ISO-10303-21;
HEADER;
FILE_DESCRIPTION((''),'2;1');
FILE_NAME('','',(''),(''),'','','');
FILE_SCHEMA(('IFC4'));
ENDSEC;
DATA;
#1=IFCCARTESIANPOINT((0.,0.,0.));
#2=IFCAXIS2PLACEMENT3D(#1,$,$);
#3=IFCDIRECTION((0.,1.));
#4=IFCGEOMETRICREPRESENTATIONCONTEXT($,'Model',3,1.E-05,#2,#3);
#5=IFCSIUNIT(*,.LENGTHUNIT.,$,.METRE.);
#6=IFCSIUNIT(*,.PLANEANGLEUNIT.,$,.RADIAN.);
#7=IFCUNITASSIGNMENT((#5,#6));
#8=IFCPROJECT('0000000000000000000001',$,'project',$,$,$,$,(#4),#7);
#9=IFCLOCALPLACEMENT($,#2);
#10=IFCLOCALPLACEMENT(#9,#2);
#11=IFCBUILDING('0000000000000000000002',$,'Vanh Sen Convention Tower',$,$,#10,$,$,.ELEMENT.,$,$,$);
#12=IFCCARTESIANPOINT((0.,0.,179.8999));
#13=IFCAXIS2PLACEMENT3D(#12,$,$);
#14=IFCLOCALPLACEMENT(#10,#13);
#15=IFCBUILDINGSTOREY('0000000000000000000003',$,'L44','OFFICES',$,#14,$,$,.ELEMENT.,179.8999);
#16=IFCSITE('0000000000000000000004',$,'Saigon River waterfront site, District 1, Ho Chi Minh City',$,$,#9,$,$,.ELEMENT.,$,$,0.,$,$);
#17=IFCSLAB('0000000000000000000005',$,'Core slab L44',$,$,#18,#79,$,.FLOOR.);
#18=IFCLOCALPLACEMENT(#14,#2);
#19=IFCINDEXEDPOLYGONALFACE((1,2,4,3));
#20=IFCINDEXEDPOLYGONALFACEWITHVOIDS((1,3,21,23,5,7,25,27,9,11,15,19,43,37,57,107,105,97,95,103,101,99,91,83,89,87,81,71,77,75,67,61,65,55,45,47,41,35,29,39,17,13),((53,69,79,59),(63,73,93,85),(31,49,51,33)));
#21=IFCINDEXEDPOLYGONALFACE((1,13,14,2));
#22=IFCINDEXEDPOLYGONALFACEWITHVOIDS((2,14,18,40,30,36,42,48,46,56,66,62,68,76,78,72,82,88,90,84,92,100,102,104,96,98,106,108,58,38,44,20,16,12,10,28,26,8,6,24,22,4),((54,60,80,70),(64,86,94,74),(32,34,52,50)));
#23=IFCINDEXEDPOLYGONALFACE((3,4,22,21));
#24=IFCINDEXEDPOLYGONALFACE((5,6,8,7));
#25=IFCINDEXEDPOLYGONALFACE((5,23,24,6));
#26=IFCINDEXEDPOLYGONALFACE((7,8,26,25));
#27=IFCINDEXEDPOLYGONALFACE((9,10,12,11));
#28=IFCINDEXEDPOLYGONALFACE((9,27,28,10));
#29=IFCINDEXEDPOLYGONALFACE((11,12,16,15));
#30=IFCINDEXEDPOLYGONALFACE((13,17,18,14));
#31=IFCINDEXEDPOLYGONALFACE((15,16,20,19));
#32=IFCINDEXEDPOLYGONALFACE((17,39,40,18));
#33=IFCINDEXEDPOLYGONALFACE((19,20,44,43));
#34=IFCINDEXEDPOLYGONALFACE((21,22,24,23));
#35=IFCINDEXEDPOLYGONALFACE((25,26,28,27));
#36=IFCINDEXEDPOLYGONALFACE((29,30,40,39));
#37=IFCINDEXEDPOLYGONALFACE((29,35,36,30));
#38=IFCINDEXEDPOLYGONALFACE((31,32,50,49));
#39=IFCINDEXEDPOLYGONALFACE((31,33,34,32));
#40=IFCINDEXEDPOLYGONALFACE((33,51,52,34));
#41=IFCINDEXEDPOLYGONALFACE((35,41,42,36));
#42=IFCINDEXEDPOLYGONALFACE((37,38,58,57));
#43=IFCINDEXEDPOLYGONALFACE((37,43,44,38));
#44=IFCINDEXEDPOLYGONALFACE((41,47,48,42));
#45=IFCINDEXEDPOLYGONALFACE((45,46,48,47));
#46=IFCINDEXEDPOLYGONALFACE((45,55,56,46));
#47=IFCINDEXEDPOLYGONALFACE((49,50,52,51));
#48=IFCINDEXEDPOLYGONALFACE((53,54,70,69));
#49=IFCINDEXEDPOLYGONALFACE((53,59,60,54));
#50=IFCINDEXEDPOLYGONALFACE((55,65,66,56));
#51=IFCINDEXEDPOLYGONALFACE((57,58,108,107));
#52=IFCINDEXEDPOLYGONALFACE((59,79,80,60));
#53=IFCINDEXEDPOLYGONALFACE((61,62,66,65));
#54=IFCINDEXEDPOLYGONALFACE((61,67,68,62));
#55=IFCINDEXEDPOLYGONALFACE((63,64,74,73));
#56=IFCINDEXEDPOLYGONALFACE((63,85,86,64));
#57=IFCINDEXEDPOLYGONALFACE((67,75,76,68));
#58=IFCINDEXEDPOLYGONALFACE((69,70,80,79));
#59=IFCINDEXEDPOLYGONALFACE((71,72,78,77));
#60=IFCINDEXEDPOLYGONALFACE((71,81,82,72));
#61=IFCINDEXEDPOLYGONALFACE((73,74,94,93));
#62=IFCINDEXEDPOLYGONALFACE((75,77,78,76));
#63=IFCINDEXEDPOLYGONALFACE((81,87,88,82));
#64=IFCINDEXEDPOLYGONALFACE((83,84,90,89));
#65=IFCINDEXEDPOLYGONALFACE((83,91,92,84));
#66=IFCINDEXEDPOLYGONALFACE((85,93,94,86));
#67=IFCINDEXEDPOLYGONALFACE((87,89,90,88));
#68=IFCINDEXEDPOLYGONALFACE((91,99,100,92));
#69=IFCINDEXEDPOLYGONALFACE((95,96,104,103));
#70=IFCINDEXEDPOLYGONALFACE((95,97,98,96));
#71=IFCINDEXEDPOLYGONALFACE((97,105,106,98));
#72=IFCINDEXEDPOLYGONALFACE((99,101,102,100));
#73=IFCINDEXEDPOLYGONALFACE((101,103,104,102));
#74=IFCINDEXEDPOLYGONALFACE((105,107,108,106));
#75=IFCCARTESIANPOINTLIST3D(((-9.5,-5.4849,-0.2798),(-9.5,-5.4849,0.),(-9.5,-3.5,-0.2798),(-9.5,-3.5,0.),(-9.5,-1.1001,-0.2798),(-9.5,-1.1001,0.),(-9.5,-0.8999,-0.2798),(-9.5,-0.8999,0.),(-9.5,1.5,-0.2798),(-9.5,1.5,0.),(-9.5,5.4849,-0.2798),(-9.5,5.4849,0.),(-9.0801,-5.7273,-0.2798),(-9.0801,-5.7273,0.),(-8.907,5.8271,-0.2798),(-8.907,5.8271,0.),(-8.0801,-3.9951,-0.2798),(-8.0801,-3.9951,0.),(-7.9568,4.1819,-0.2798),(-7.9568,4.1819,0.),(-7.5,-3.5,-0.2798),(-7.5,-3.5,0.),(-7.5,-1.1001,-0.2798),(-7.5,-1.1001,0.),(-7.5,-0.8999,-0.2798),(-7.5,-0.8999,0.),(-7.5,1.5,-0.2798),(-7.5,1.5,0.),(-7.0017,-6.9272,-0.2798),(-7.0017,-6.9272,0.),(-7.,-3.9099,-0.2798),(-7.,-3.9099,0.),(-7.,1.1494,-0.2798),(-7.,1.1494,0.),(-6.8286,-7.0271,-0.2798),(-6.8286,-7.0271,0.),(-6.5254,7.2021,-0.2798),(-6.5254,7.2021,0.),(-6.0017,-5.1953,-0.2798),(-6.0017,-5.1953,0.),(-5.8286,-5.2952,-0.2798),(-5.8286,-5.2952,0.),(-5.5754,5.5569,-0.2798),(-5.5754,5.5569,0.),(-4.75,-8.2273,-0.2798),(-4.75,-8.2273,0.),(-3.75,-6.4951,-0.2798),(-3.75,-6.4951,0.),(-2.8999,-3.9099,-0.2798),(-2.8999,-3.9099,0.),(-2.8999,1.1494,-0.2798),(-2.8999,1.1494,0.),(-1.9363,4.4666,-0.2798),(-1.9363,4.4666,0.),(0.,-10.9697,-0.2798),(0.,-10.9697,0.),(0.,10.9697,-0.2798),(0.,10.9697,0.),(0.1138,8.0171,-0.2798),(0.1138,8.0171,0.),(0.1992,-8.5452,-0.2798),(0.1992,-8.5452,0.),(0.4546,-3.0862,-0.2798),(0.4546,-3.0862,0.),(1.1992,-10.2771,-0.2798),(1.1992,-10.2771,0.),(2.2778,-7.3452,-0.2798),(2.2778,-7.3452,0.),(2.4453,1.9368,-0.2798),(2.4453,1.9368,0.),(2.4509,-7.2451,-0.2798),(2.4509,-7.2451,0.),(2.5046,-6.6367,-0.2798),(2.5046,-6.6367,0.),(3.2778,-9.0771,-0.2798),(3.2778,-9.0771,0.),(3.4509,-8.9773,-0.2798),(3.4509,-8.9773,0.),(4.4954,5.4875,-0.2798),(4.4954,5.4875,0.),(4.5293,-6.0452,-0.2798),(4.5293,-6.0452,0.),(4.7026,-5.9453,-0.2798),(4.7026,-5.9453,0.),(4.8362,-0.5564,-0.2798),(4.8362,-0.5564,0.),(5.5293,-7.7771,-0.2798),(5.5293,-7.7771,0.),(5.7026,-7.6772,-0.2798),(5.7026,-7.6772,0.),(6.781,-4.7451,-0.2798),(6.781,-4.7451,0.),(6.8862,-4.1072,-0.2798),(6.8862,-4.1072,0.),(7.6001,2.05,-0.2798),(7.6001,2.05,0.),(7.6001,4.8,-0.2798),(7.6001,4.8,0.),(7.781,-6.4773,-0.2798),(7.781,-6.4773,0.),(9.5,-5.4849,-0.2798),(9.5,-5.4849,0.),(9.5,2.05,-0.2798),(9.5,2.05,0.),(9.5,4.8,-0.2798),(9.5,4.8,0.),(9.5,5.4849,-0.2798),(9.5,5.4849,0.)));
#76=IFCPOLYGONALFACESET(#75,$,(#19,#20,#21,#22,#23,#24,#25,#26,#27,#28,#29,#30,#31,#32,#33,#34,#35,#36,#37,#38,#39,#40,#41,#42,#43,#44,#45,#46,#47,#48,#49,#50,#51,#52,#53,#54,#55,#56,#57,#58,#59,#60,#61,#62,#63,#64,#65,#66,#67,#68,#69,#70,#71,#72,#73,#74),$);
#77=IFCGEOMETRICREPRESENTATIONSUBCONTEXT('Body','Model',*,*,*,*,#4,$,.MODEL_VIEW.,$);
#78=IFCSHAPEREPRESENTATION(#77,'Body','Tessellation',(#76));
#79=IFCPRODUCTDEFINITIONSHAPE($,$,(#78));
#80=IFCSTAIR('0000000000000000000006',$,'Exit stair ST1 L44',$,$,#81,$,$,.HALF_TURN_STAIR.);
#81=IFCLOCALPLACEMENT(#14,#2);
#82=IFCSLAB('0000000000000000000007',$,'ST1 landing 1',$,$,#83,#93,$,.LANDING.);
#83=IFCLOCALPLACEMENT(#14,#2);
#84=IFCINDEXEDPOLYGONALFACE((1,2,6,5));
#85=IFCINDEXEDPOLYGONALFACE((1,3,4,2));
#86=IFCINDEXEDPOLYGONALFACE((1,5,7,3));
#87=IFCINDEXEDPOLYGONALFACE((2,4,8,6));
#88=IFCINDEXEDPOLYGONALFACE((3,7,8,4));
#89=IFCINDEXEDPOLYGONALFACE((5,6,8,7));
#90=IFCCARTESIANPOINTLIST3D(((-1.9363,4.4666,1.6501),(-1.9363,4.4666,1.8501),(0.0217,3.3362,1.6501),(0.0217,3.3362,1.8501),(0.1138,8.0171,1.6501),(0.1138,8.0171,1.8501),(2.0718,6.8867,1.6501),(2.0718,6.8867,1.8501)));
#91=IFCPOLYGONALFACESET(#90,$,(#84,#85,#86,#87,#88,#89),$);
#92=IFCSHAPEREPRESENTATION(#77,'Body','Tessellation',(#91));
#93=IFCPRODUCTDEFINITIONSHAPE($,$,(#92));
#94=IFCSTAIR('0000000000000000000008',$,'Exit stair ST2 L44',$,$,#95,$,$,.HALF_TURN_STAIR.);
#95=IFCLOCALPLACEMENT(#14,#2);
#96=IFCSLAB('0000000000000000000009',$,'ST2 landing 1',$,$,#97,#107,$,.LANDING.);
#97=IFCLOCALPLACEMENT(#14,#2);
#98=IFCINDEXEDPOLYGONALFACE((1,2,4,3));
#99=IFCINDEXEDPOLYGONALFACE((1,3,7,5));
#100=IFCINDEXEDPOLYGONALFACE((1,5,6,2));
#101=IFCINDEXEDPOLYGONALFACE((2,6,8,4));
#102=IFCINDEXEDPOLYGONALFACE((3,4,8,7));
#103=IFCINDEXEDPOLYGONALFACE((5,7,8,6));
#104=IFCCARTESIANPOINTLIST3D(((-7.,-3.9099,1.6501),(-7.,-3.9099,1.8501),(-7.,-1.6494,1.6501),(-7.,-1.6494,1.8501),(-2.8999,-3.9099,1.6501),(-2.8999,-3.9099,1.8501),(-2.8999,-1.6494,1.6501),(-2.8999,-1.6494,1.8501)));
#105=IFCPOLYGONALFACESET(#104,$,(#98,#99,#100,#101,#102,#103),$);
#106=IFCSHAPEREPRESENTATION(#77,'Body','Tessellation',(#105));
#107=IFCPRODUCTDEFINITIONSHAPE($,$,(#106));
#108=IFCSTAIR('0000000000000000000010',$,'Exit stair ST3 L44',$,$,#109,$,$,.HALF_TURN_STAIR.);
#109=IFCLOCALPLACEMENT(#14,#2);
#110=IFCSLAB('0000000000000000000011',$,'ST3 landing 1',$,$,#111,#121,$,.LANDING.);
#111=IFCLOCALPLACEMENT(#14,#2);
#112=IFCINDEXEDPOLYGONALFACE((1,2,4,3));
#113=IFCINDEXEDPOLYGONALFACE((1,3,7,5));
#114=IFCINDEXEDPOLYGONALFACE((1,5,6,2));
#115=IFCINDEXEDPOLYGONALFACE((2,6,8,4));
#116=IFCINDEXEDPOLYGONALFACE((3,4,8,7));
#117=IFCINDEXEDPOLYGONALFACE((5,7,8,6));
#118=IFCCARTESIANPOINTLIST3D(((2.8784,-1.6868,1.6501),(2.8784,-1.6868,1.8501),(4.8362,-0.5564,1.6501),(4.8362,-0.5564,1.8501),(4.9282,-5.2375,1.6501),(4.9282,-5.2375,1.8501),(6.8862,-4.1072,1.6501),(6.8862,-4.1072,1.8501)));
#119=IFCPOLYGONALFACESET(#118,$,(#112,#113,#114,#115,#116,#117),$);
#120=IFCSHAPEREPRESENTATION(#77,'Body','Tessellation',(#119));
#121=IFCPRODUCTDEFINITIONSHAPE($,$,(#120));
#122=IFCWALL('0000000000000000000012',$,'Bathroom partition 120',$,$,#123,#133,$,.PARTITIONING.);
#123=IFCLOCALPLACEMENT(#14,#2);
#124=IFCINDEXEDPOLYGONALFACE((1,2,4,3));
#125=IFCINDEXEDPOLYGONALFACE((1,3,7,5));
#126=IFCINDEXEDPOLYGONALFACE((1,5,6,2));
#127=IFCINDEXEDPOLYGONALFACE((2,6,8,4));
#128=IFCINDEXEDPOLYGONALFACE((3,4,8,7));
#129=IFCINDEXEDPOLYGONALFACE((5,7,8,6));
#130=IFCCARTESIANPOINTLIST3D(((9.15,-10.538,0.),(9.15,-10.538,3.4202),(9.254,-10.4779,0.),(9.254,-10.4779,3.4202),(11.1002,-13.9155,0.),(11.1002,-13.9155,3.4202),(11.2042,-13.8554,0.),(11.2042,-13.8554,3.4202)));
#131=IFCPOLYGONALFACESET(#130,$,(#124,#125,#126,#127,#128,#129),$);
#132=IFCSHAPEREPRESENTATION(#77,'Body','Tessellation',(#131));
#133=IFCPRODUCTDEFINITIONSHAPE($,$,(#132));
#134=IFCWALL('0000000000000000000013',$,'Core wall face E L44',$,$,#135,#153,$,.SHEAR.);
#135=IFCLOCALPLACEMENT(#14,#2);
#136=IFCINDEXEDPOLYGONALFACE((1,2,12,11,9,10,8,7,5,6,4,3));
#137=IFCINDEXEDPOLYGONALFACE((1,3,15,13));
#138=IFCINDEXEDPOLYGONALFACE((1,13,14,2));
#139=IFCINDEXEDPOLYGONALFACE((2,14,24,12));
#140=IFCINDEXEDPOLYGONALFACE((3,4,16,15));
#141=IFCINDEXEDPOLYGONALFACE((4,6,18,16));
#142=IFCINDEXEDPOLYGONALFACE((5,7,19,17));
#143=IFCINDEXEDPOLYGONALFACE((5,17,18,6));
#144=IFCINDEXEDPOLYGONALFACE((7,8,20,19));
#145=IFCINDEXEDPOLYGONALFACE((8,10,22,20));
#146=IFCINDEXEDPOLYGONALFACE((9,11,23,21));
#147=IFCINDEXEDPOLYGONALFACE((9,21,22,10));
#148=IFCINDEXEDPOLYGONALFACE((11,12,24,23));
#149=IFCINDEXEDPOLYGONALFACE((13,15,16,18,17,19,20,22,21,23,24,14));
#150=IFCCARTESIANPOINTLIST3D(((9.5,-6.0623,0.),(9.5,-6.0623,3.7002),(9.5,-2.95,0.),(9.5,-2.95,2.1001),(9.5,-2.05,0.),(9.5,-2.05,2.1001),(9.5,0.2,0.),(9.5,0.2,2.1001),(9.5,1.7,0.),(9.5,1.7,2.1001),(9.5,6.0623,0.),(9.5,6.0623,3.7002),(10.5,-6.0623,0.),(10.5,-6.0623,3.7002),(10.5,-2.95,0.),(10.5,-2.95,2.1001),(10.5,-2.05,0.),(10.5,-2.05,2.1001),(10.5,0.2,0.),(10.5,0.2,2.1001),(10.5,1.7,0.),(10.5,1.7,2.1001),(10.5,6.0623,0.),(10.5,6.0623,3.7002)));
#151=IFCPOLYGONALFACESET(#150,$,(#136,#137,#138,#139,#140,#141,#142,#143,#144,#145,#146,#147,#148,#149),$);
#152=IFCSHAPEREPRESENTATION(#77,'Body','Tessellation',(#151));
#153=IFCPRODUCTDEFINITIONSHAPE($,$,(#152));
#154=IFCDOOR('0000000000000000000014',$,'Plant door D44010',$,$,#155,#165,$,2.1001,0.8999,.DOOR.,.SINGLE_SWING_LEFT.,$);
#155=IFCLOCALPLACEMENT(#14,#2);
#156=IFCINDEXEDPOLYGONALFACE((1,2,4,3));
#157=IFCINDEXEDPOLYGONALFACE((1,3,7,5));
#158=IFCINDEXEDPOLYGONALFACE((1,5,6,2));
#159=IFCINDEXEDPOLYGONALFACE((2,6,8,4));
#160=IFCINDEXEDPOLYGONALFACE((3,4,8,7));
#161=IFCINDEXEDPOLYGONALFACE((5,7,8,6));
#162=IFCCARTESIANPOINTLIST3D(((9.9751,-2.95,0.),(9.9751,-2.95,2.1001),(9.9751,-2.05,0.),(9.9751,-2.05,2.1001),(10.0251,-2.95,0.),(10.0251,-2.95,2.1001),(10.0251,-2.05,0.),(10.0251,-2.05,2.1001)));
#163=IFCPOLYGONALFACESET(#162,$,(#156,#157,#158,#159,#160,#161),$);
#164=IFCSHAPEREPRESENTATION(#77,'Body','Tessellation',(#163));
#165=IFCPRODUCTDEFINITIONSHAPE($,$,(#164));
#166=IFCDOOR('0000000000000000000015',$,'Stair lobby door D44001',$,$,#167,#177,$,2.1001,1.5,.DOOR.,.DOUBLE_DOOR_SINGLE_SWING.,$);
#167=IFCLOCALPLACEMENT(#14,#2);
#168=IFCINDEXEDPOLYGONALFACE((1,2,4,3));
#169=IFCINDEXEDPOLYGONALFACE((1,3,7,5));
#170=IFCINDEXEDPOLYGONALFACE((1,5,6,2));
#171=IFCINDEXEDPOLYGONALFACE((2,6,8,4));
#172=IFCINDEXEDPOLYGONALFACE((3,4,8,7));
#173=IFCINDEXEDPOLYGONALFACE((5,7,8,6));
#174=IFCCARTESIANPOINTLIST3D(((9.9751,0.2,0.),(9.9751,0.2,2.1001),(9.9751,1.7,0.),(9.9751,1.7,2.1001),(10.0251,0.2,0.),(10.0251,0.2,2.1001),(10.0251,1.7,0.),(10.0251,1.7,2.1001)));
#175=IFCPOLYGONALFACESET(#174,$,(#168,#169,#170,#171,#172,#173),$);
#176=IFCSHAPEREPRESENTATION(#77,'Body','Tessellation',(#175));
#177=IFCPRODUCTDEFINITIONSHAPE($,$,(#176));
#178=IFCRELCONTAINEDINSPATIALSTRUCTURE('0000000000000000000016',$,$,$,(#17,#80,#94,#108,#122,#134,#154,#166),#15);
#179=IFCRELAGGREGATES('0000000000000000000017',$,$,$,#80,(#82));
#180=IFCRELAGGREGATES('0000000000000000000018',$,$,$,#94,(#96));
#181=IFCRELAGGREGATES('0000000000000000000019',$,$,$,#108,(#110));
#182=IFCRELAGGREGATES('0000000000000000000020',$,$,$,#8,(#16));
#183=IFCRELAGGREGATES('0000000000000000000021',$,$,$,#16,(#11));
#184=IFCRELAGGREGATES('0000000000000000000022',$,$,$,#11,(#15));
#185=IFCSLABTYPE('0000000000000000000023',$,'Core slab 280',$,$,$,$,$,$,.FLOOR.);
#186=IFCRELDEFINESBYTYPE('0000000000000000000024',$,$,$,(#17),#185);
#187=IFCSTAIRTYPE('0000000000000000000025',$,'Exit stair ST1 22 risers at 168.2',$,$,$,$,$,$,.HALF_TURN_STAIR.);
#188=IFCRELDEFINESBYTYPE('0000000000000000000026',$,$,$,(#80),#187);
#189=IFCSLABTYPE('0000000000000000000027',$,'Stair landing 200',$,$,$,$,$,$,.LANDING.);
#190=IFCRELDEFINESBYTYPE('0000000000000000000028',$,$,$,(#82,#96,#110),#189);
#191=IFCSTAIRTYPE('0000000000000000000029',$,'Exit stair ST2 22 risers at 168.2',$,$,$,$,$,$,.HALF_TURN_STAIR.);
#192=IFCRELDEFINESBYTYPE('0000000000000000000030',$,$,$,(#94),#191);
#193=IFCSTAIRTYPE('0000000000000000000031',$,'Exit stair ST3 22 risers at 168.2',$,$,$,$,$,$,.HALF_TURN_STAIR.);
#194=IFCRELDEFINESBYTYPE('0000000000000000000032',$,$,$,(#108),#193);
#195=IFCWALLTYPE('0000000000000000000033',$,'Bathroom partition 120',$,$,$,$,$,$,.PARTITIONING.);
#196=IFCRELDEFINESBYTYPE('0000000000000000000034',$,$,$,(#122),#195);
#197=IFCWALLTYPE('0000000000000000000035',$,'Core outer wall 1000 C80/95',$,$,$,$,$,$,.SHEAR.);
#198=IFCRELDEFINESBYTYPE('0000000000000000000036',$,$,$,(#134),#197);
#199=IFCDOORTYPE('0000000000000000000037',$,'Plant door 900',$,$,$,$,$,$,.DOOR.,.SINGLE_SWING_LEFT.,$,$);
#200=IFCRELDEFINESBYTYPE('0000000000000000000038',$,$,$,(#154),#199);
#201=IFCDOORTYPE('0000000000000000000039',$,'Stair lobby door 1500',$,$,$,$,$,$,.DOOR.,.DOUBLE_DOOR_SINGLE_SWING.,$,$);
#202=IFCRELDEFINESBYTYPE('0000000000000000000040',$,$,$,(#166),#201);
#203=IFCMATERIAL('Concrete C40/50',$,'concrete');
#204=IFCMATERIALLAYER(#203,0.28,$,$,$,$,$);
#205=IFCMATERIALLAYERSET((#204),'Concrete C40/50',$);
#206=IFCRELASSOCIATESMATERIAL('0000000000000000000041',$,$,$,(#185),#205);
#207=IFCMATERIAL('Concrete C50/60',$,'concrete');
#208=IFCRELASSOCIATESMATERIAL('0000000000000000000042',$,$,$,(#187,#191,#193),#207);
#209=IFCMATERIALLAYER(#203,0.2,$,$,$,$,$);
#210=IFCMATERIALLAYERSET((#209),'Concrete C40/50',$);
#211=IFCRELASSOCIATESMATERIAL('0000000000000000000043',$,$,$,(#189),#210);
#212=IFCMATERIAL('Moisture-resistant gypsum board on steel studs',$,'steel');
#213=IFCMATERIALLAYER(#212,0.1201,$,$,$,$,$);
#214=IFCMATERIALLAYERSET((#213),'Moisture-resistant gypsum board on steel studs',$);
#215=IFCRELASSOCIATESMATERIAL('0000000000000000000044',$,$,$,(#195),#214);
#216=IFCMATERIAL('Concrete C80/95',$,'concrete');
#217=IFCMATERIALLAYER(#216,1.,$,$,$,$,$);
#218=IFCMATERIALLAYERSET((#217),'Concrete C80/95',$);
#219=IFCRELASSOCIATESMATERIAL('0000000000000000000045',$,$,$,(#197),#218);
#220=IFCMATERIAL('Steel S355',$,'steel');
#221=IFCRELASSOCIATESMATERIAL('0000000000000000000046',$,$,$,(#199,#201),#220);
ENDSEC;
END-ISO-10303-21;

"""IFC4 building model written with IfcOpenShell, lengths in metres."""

from ifc_helpers import new_model, si_unit, direction, frame, frame_2d, origin, place, context, subcontext, project, spatial, polyline, rectangle, outline, extrude, material, layer, layer_set, type_object, element, fill, aggregate, save


model = new_model("IFC4")

# Units and contexts
model_context = context("Model", 3, precision=1e-05, world=origin(), true_north=direction((0.0, 1.0)))
body_context = subcontext(model_context, "Body", "Model", "MODEL_VIEW")
ifc_project = project(units=[si_unit("LENGTHUNIT", "METRE"), si_unit("PLANEANGLEUNIT", "RADIAN")], contexts=[model_context])

# Site, building, storey
site_placement = place(None, origin())
site = spatial("IfcSite", under=ifc_project, at=site_placement, Name="Saigon River waterfront site, District 1, Ho Chi Minh City", CompositionType="ELEMENT", RefElevation=0.0)
building_placement = place(site_placement, origin())
building = spatial("IfcBuilding", under=site, at=building_placement, Name="Vanh Sen Convention Tower", CompositionType="ELEMENT")
storey_placement = place(building_placement, frame((0.0, 0.0, 179.8999)))
storey = spatial("IfcBuildingStorey", under=building, at=storey_placement, Name="L44", Description="OFFICES", CompositionType="ELEMENT", Elevation=179.8999)

# Slab
ifc_material_1 = material(Name="Concrete C40/50", Category="concrete")
ifc_layer_1 = layer(ifc_material_1, 0.28)
ifc_layer_set_1 = layer_set([ifc_layer_1], Name="Concrete C40/50")
slab_type_1 = type_object("IfcSlabType", Name="Core slab 280", PredefinedType="FLOOR", material=ifc_layer_set_1)
slab_1_placement = place(storey_placement, frame((0.0, 0.0, -0.2798)))
element("IfcSlab", 1, at=slab_1_placement, inside=storey, type_object=slab_type_1, Name="Core slab L44", PredefinedType="FLOOR", context=body_context, shape_type="SweptSolid", body=[
    extrude(outline(polyline([(0.0, 10.9697), (9.5, 5.4849), (9.5, 4.8), (7.6001, 4.8), (7.6001, 2.05), (9.5, 2.05), (9.5, -5.4849), (7.781, -6.4773), (6.781, -4.7451), (4.7026, -5.9453), (5.7026, -7.6772), (5.5293, -7.7771), (4.5293, -6.0452), (2.4509, -7.2451), (3.4509, -8.9773), (3.2778, -9.0771), (2.2778, -7.3452), (0.1992, -8.5452), (1.1992, -10.2771), (0.0, -10.9697), (-4.75, -8.2273), (-3.75, -6.4951), (-5.8286, -5.2952), (-6.8286, -7.0271), (-7.0017, -6.9272), (-6.0017, -5.1953), (-8.0801, -3.9951), (-9.0801, -5.7273), (-9.5, -5.4849), (-9.5, -3.5), (-7.5, -3.5), (-7.5, -1.1001), (-9.5, -1.1001), (-9.5, -0.8999), (-7.5, -0.8999), (-7.5, 1.5), (-9.5, 1.5), (-9.5, 5.4849), (-8.907, 5.8271), (-7.9568, 4.1819), (-5.5754, 5.5569), (-6.5254, 7.2021), (0.0, 10.9697)]), holes=[polyline([(-7.0, 1.1494), (-7.0, -3.9099), (-2.8999, -3.9099), (-2.8999, 1.1494), (-7.0, 1.1494)]), polyline([(2.5046, -6.6367), (6.8862, -4.1072), (4.8362, -0.5564), (0.4546, -3.0862), (2.5046, -6.6367)]), polyline([(0.1138, 8.0171), (-1.9363, 4.4666), (2.4453, 1.9368), (4.4954, 5.4875), (0.1138, 8.0171)])]), origin(), (0.0, 0.0, 1.0), 0.2798),
])

# Stairs, slabs
ifc_material_2 = material(Name="Concrete C50/60", Category="concrete")
stair_type_1 = type_object("IfcStairType", Name="Exit stair ST1 22 risers at 168.2", PredefinedType="HALF_TURN_STAIR", material=ifc_material_2)
stair_1_placement = place(storey_placement, origin())
stair_1 = element("IfcStair", 2, at=stair_1_placement, inside=storey, type_object=stair_type_1, Name="Exit stair ST1 L44", PredefinedType="HALF_TURN_STAIR")
ifc_layer_2 = layer(ifc_material_1, 0.2)
ifc_layer_set_2 = layer_set([ifc_layer_2], Name="Concrete C40/50")
slab_type_2 = type_object("IfcSlabType", Name="Stair landing 200", PredefinedType="LANDING", material=ifc_layer_set_2)
slab_2_placement = place(storey_placement, frame((0.0, 0.0, 1.6501)))
slab_2 = element("IfcSlab", 3, at=slab_2_placement, type_object=slab_type_2, Name="ST1 landing 1", PredefinedType="LANDING", context=body_context, shape_type="SweptSolid", body=[
    extrude(outline(polyline([(2.0718, 6.8867), (0.1138, 8.0171), (-1.9363, 4.4666), (0.0217, 3.3362), (2.0718, 6.8867)])), origin(), (0.0, 0.0, 1.0), 0.2),
])
aggregate(stair_1, [slab_2])
stair_type_2 = type_object("IfcStairType", Name="Exit stair ST2 22 risers at 168.2", PredefinedType="HALF_TURN_STAIR", material=ifc_material_2)
stair_2_placement = place(storey_placement, origin())
stair_2 = element("IfcStair", 4, at=stair_2_placement, inside=storey, type_object=stair_type_2, Name="Exit stair ST2 L44", PredefinedType="HALF_TURN_STAIR")
slab_3_placement = place(storey_placement, frame((0.0, 0.0, 1.6501)))
slab_3 = element("IfcSlab", 5, at=slab_3_placement, type_object=slab_type_2, Name="ST2 landing 1", PredefinedType="LANDING", context=body_context, shape_type="SweptSolid", body=[
    extrude(outline(polyline([(-7.0, -1.6494), (-7.0, -3.9099), (-2.8999, -3.9099), (-2.8999, -1.6494), (-7.0, -1.6494)])), origin(), (0.0, 0.0, 1.0), 0.2),
])
aggregate(stair_2, [slab_3])
stair_type_3 = type_object("IfcStairType", Name="Exit stair ST3 22 risers at 168.2", PredefinedType="HALF_TURN_STAIR", material=ifc_material_2)
stair_3_placement = place(storey_placement, origin())
stair_3 = element("IfcStair", 6, at=stair_3_placement, inside=storey, type_object=stair_type_3, Name="Exit stair ST3 L44", PredefinedType="HALF_TURN_STAIR")
slab_4_placement = place(storey_placement, frame((0.0, 0.0, 1.6501)))
slab_4 = element("IfcSlab", 7, at=slab_4_placement, type_object=slab_type_2, Name="ST3 landing 1", PredefinedType="LANDING", context=body_context, shape_type="SweptSolid", body=[
    extrude(outline(polyline([(4.9282, -5.2375), (6.8862, -4.1072), (4.8362, -0.5564), (2.8784, -1.6868), (4.9282, -5.2375)])), origin(), (0.0, 0.0, 1.0), 0.2),
])
aggregate(stair_3, [slab_4])

# Wall
ifc_material_3 = material(Name="Moisture-resistant gypsum board on steel studs", Category="steel")
ifc_layer_3 = layer(ifc_material_3, 0.1201)
ifc_layer_set_3 = layer_set([ifc_layer_3], Name="Moisture-resistant gypsum board on steel studs")
wall_type_1 = type_object("IfcWallType", Name="Bathroom partition 120", PredefinedType="PARTITIONING", material=ifc_layer_set_3)
wall_1_placement = place(storey_placement, frame((9.2019, -10.5078, 0.0), z_axis=(0.0, 0.0, 1.0), x_axis=(0.500044, -0.866, 0.0)))
element("IfcWall", 8, at=wall_1_placement, inside=storey, type_object=wall_type_1, Name="Bathroom partition 120", PredefinedType="PARTITIONING", context=body_context, shape_type="SweptSolid", body=[
    extrude(rectangle(XDim=3.9001, YDim=0.1201, at=frame_2d((1.9502, 0.0))), origin(), (0.0, 0.0, 1.0), 3.4202),
])

# Wall, openings, doors
ifc_material_4 = material(Name="Concrete C80/95", Category="concrete")
ifc_layer_4 = layer(ifc_material_4, 1.0)
ifc_layer_set_4 = layer_set([ifc_layer_4], Name="Concrete C80/95")
wall_type_2 = type_object("IfcWallType", Name="Core outer wall 1000 C80/95", PredefinedType="SHEAR", material=ifc_layer_set_4)
wall_2_placement = place(storey_placement, frame((10.0, -6.0623, 0.0), z_axis=(0.0, 0.0, 1.0), x_axis=(0.0, 1.0, 0.0)))
wall_2 = element("IfcWall", 9, at=wall_2_placement, inside=storey, type_object=wall_type_2, Name="Core wall face E L44", PredefinedType="SHEAR", context=body_context, shape_type="SweptSolid", body=[
    extrude(rectangle(XDim=12.1245, YDim=1.0, at=frame_2d((6.0623, 0.0))), origin(), (0.0, 0.0, 1.0), 3.7002),
])
opening_1_placement = place(wall_2_placement, frame((6.2622, 0.0, 0.0)))
opening_1 = element("IfcOpeningElement", 10, at=opening_1_placement, cuts=wall_2, PredefinedType="OPENING", context=body_context, shape_type="SweptSolid", body=[
    extrude(rectangle(XDim=1.5, YDim=2.1001, at=frame_2d((0.75, 1.05))), frame((0.0, 0.51, 0.0), z_axis=(0.0, -1.0, 0.0), x_axis=(1.0, 0.0, 0.0)), (0.0, 0.0, 1.0), 1.02),
])
opening_2_placement = place(wall_2_placement, frame((3.1123, 0.0, 0.0)))
opening_2 = element("IfcOpeningElement", 11, at=opening_2_placement, cuts=wall_2, PredefinedType="OPENING", context=body_context, shape_type="SweptSolid", body=[
    extrude(rectangle(XDim=0.8999, YDim=2.1001, at=frame_2d((0.45, 1.05))), frame((0.0, 0.51, 0.0), z_axis=(0.0, -1.0, 0.0), x_axis=(1.0, 0.0, 0.0)), (0.0, 0.0, 1.0), 1.02),
])
ifc_material_5 = material(Name="Steel S355", Category="steel")
door_type_1 = type_object("IfcDoorType", Name="Plant door 900", OperationType="SINGLE_SWING_LEFT", PredefinedType="DOOR", material=ifc_material_5)
door_1_placement = place(opening_2_placement, origin())
door_1 = element("IfcDoor", 12, at=door_1_placement, inside=storey, type_object=door_type_1, Name="Plant door D44010", OperationType="SINGLE_SWING_LEFT", OverallHeight=2.1001, OverallWidth=0.8999, PredefinedType="DOOR", context=body_context, shape_type="SweptSolid", body=[
    extrude(rectangle(XDim=0.8999, YDim=2.1001, at=frame_2d((0.45, 1.05))), frame((0.0, 0.0249, 0.0), z_axis=(0.0, -1.0, 0.0), x_axis=(1.0, 0.0, 0.0)), (0.0, 0.0, 1.0), 0.05),
])
fill(opening_2, door_1)
door_type_2 = type_object("IfcDoorType", Name="Stair lobby door 1500", OperationType="DOUBLE_DOOR_SINGLE_SWING", PredefinedType="DOOR", material=ifc_material_5)
door_2_placement = place(opening_1_placement, origin())
door_2 = element("IfcDoor", 13, at=door_2_placement, inside=storey, type_object=door_type_2, Name="Stair lobby door D44001", OperationType="DOUBLE_DOOR_SINGLE_SWING", OverallHeight=2.1001, OverallWidth=1.5, PredefinedType="DOOR", context=body_context, shape_type="SweptSolid", body=[
    extrude(rectangle(XDim=1.5, YDim=2.1001, at=frame_2d((0.75, 1.05))), frame((0.0, 0.0249, 0.0), z_axis=(0.0, -1.0, 0.0), x_axis=(1.0, 0.0, 0.0)), (0.0, 0.0, 1.0), 0.05),
])
fill(opening_1, door_2)

save(model, "model.ifc")
